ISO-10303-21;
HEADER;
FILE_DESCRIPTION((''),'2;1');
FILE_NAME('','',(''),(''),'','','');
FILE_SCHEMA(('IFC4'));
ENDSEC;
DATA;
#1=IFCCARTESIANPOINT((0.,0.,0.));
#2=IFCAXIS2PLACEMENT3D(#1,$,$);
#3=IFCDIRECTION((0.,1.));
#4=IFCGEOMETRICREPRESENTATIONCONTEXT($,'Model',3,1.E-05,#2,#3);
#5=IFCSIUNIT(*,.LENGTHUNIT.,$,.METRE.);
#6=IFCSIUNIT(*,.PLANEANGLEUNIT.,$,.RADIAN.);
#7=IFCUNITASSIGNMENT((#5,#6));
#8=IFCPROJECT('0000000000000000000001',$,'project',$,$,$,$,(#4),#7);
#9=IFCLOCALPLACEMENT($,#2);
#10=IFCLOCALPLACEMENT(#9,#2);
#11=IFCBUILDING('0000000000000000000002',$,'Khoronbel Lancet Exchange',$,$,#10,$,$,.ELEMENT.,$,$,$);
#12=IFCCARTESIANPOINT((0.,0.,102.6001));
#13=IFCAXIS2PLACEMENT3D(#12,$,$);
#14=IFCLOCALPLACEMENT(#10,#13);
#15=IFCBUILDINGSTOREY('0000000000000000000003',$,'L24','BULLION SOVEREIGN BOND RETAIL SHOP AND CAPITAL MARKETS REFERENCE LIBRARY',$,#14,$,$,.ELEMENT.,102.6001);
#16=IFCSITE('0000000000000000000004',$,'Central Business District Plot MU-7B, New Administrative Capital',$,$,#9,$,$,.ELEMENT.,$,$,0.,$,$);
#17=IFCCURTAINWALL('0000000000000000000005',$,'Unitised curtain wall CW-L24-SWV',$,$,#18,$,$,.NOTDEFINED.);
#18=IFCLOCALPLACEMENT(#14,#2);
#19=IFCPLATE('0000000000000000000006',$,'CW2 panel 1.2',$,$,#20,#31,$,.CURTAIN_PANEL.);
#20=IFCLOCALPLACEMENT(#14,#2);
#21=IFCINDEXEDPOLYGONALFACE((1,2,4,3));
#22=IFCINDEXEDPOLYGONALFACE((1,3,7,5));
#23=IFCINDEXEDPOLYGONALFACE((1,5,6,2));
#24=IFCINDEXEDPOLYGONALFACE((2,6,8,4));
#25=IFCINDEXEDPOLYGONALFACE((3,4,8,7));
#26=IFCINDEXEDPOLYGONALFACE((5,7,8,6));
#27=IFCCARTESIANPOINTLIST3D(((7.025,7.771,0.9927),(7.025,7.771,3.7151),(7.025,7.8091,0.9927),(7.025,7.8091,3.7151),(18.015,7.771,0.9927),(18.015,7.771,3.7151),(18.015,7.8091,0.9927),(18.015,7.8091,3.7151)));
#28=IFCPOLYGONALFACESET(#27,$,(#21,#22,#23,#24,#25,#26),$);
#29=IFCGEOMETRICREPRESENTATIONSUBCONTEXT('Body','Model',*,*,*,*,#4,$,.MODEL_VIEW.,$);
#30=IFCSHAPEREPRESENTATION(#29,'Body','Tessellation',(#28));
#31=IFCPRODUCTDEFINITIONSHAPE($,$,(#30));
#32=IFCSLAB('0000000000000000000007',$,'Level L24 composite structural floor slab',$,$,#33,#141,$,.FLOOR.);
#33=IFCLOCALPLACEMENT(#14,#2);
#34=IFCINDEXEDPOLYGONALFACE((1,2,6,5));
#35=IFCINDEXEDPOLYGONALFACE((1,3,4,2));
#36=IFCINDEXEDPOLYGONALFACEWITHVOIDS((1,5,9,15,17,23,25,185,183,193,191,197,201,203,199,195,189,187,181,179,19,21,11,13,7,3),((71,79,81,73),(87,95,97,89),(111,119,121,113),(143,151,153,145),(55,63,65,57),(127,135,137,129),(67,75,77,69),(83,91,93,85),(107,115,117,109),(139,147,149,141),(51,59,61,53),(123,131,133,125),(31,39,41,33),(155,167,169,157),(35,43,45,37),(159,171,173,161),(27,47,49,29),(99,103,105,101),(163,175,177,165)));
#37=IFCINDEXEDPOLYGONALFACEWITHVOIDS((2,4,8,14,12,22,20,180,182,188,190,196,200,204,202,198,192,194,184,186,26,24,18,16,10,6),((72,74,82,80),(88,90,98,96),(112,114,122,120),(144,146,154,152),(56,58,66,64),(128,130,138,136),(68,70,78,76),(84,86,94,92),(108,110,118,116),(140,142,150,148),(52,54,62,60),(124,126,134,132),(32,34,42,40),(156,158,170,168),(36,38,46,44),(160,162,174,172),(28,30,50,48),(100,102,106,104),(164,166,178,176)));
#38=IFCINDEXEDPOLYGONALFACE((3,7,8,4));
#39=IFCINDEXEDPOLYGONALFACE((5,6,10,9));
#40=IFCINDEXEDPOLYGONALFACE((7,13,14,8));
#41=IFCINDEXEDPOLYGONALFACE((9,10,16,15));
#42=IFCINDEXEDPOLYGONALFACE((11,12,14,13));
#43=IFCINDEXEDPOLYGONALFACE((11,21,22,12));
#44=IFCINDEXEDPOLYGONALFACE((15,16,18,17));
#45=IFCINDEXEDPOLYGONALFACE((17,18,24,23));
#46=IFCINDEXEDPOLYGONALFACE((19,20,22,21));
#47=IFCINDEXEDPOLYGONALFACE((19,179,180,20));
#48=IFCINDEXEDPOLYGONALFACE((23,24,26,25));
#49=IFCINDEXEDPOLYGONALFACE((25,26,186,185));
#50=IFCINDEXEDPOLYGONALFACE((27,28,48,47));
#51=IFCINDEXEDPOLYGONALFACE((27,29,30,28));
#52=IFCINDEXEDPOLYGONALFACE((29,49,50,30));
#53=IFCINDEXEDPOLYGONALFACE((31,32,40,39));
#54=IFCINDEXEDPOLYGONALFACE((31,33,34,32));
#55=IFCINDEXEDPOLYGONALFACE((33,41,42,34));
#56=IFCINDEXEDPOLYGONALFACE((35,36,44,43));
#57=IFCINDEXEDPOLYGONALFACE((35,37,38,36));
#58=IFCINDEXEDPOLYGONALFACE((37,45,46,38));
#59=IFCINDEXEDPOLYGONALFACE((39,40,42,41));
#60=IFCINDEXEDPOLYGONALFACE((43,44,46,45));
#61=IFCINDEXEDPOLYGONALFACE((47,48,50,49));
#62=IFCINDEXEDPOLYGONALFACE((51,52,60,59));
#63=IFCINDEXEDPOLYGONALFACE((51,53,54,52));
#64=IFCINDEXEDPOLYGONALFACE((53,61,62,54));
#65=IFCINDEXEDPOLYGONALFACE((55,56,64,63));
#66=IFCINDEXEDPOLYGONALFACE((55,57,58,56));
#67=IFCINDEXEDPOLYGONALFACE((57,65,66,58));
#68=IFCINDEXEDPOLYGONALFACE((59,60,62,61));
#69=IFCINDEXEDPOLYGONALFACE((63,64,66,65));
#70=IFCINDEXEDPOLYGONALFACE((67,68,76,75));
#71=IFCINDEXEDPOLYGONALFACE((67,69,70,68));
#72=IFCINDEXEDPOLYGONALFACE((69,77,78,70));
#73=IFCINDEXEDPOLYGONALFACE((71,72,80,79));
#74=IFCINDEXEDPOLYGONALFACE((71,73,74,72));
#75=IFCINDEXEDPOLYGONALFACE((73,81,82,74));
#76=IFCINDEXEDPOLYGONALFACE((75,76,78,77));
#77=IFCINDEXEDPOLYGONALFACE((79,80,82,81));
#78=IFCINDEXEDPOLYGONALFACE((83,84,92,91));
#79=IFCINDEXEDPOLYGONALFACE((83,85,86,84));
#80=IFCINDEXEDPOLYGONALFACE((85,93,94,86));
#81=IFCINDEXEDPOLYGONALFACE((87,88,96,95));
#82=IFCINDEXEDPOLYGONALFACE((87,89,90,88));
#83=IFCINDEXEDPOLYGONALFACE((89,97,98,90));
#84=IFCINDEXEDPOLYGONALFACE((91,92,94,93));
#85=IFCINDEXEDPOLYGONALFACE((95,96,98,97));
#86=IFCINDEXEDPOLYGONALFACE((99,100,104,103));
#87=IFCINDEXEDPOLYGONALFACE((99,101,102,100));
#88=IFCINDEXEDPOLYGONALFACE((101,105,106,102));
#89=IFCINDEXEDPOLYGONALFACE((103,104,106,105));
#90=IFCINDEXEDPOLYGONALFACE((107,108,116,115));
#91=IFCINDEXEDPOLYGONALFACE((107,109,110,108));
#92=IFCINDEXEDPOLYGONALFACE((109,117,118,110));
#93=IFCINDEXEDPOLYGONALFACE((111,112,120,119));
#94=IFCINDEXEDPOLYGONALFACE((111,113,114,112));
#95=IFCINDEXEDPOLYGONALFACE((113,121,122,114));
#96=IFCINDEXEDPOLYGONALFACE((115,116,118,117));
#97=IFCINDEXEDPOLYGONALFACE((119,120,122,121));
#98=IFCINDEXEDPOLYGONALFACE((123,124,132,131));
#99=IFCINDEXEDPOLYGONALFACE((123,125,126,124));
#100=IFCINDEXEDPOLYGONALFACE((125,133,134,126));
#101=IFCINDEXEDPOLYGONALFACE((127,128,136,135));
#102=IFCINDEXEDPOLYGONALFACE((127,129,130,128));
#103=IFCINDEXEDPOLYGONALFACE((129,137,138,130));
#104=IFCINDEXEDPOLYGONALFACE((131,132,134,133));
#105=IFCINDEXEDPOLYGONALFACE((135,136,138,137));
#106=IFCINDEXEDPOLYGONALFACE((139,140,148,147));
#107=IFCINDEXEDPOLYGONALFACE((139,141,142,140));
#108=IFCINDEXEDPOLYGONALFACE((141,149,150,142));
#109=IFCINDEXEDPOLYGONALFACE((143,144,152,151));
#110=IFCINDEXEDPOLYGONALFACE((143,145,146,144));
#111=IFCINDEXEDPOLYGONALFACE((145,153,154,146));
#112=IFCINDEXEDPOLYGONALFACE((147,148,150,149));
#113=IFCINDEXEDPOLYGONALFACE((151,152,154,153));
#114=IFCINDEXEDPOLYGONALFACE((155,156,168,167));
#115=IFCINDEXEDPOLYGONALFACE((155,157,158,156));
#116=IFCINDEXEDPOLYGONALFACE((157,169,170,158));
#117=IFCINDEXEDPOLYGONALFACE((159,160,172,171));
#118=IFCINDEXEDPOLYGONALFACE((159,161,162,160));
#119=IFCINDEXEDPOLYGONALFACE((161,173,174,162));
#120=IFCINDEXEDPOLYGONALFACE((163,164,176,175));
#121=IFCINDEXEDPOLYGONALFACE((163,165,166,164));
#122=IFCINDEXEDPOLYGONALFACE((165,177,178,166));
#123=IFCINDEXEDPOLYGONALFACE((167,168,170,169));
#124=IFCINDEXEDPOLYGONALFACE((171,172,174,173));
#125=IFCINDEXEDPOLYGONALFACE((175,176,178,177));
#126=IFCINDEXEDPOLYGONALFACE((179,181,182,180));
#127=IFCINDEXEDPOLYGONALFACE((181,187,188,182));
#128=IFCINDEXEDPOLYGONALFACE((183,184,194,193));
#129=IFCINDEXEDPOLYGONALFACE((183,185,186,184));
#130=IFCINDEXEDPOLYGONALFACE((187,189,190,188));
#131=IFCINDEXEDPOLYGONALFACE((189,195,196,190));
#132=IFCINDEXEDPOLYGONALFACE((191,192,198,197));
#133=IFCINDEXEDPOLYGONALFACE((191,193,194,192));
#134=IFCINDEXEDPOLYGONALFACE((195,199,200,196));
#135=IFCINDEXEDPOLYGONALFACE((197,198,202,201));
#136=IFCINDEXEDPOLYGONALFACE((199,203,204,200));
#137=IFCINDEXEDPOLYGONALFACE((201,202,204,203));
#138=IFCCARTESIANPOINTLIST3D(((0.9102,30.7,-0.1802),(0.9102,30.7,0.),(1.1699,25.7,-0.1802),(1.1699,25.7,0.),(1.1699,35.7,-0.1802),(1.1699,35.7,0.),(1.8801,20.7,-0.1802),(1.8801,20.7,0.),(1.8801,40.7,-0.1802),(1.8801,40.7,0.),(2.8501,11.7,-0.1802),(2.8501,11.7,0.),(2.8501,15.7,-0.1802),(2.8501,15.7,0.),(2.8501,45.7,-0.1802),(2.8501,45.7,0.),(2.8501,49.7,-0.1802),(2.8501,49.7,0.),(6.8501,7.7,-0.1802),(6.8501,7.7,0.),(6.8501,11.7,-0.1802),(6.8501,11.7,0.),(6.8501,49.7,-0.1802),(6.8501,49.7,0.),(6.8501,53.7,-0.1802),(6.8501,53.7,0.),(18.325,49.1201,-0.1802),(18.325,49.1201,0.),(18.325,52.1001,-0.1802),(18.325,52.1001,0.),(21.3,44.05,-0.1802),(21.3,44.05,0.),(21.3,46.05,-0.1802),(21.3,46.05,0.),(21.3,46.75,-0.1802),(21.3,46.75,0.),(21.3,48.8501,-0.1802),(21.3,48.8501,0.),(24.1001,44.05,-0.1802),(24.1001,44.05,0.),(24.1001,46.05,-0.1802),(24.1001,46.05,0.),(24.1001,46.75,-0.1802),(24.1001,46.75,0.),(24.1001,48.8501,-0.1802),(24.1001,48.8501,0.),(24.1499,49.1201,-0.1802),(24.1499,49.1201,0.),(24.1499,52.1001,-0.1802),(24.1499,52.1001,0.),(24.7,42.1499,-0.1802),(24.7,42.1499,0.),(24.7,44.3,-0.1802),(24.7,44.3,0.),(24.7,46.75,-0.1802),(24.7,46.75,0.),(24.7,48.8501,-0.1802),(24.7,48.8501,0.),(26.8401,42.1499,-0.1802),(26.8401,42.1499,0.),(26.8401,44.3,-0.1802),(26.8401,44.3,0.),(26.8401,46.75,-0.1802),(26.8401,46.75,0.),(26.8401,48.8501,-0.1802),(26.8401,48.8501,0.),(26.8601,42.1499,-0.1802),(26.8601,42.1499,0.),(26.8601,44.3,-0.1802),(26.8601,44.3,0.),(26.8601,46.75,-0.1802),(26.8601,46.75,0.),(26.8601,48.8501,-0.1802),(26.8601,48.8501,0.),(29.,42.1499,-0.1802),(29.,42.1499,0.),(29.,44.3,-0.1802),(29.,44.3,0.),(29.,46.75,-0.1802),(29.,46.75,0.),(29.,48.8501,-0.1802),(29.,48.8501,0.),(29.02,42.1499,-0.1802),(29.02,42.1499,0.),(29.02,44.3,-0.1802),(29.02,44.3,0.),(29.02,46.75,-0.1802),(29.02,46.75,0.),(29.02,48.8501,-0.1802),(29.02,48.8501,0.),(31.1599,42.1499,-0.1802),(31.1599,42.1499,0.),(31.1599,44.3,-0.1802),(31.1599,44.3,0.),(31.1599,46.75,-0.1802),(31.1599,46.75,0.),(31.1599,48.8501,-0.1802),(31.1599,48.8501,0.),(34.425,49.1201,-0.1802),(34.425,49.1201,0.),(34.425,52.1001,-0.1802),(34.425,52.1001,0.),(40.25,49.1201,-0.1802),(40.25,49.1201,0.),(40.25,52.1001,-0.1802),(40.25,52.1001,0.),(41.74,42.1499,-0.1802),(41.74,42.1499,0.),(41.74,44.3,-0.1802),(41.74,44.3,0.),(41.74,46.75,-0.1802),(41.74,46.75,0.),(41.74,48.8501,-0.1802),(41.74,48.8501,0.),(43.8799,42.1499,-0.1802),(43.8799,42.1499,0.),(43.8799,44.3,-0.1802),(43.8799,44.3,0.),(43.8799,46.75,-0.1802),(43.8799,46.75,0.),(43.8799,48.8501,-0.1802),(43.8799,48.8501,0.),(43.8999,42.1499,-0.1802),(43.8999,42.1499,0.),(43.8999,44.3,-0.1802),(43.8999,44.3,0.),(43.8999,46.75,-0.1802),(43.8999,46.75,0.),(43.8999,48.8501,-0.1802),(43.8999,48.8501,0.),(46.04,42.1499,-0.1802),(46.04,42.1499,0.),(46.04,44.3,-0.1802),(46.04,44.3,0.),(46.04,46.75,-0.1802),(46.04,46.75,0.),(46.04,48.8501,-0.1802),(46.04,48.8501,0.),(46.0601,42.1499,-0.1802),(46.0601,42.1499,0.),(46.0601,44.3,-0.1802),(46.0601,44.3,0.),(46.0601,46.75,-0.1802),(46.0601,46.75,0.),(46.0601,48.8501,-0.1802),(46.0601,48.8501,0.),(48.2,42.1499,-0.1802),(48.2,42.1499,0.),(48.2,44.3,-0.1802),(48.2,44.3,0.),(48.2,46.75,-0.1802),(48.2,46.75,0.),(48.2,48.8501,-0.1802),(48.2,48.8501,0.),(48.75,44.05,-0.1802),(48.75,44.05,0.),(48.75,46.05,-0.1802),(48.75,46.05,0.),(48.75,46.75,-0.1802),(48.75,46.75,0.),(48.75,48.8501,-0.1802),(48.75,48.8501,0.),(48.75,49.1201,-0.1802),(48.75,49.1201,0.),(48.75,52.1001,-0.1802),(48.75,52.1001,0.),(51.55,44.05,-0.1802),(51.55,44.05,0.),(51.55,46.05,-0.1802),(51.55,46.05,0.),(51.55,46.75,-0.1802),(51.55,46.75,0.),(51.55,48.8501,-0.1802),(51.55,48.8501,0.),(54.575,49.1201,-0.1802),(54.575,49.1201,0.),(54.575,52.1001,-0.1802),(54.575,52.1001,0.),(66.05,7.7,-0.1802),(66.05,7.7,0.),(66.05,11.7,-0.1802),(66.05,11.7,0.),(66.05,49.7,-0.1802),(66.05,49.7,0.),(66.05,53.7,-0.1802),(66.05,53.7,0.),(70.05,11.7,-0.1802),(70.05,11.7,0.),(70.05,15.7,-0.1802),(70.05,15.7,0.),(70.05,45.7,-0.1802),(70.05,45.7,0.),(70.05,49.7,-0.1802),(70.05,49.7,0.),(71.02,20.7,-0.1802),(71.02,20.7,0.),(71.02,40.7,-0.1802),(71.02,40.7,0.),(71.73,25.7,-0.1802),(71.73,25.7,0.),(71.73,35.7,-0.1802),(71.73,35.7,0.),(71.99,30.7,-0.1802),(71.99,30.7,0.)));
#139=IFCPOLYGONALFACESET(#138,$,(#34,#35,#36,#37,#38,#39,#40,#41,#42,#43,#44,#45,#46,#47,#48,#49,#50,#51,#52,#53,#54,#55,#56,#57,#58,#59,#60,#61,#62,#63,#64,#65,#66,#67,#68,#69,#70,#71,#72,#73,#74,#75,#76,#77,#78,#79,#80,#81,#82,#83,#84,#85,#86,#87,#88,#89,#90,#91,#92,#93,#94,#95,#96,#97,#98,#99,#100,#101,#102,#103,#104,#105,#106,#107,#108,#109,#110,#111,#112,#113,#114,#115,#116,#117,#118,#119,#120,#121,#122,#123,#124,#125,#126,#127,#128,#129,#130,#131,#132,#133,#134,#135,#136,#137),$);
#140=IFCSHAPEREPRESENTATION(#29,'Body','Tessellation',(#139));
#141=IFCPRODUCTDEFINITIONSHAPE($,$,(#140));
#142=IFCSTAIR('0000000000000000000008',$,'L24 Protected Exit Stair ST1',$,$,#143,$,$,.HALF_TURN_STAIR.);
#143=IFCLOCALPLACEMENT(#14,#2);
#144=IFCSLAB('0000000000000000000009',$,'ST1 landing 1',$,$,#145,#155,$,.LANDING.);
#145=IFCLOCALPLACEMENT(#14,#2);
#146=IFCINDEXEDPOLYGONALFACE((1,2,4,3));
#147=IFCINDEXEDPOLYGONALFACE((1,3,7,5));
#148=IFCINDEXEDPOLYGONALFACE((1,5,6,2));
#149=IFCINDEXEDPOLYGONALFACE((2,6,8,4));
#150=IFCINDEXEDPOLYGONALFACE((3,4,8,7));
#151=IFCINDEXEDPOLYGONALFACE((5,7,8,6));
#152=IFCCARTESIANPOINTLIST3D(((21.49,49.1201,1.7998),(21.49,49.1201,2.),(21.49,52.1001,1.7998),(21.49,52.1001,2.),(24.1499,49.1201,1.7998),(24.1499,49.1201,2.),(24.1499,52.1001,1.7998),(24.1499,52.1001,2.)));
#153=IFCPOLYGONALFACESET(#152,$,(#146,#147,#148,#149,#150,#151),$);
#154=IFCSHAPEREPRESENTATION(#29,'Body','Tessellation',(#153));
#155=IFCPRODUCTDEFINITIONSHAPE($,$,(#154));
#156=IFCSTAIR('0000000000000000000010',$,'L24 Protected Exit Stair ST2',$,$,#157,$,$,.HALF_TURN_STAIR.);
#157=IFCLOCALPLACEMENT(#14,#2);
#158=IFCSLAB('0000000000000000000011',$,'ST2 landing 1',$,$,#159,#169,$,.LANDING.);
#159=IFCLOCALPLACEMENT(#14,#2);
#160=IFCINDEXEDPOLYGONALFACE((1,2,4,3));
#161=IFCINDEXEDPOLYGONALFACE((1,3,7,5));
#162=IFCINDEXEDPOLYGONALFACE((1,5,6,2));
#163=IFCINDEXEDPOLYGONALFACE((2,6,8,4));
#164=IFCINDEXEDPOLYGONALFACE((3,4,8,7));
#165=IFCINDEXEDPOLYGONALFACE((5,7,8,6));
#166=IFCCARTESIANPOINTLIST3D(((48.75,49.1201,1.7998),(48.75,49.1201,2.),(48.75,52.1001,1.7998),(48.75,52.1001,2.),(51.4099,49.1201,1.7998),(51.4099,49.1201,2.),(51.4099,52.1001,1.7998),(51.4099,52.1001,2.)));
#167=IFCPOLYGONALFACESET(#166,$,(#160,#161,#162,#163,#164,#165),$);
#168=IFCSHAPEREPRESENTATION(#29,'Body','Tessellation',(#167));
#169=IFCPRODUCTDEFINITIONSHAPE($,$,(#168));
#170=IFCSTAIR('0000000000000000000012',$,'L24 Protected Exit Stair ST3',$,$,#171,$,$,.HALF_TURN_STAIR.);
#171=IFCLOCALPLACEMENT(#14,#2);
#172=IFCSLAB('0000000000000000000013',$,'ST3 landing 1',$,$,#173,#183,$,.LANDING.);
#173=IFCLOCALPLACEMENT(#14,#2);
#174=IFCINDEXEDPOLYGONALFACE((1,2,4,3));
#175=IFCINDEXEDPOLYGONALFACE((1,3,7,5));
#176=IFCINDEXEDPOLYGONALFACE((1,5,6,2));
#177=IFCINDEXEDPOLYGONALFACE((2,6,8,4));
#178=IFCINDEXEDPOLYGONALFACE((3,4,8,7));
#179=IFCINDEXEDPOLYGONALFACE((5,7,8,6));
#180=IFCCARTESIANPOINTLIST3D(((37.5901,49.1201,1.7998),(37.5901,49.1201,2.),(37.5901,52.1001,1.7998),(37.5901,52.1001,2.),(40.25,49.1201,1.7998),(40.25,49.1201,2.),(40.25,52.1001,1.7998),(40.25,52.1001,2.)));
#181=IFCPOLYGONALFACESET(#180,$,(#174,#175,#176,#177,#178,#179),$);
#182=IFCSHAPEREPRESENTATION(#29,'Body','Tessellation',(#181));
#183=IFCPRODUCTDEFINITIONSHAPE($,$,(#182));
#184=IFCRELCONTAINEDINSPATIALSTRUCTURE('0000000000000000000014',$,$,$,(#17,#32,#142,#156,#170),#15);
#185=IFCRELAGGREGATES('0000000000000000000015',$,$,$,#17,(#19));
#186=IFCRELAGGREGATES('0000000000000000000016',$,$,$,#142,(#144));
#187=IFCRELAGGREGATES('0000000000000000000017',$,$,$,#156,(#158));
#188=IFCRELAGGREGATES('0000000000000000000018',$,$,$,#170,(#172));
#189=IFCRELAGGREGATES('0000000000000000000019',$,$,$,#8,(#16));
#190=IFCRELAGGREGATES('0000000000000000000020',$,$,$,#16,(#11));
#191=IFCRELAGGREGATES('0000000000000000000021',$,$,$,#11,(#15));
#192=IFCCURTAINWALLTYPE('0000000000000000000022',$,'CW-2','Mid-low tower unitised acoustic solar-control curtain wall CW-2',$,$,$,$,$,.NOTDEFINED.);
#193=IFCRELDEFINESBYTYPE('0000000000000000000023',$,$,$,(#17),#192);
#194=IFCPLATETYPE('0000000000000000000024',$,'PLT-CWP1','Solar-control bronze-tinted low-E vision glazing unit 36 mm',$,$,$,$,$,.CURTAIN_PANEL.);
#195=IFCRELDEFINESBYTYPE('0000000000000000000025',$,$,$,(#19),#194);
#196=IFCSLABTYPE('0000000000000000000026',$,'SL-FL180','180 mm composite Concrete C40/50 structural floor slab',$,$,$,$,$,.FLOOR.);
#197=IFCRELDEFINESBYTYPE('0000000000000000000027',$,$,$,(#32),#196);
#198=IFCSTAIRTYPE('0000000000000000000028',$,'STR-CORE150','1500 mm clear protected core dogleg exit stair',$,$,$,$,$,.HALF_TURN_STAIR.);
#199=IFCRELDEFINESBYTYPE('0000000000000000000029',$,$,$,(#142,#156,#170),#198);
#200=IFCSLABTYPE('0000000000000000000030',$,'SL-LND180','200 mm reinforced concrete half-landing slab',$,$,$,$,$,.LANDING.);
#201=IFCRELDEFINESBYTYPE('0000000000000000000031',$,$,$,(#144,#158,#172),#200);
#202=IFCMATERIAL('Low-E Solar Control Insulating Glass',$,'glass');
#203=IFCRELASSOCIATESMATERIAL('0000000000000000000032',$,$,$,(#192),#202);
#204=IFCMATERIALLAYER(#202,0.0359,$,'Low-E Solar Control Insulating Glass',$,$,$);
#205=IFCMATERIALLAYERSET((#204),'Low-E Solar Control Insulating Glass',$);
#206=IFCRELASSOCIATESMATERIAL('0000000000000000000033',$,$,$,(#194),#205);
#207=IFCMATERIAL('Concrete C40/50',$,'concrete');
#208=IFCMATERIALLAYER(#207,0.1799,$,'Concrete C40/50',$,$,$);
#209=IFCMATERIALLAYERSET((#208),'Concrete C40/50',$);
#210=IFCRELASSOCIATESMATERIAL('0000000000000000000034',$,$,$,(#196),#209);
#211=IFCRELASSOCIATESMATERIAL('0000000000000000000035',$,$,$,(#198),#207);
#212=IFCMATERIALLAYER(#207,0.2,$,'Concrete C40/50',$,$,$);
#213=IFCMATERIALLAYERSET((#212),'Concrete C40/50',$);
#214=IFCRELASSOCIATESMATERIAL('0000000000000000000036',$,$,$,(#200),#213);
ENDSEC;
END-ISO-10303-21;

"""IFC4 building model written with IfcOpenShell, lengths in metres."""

from ifc_helpers import new_model, si_unit, direction, frame, origin, origin_2d, place, context, subcontext, project, spatial, polyline, rectangle, outline, extrude, material, layer, layer_set, type_object, element, aggregate, save


model = new_model("IFC4")

# Units and contexts
model_context = context("Model", 3, precision=1e-05, world=origin(), true_north=direction((0.0, 1.0)))
body_context = subcontext(model_context, "Body", "Model", "MODEL_VIEW")
ifc_project = project(units=[si_unit("LENGTHUNIT", "METRE"), si_unit("PLANEANGLEUNIT", "RADIAN")], contexts=[model_context])

# Site, building, storey
site_placement = place(None, origin())
site = spatial("IfcSite", under=ifc_project, at=site_placement, Name="Central Business District Plot MU-7B, New Administrative Capital", CompositionType="ELEMENT", RefElevation=0.0)
building_placement = place(site_placement, origin())
building = spatial("IfcBuilding", under=site, at=building_placement, Name="Khoronbel Lancet Exchange", CompositionType="ELEMENT")
storey_placement = place(building_placement, frame((0.0, 0.0, 102.6001)))
storey = spatial("IfcBuildingStorey", under=building, at=storey_placement, Name="L24", Description="BULLION SOVEREIGN BOND RETAIL SHOP AND CAPITAL MARKETS REFERENCE LIBRARY", CompositionType="ELEMENT", Elevation=102.6001)

# Curtain wall
ifc_material_1 = material(Name="Low-E Solar Control Insulating Glass", Category="glass")
curtain_wall_type = type_object("IfcCurtainWallType", Name="CW-2", Description="Mid-low tower unitised acoustic solar-control curtain wall CW-2", PredefinedType="NOTDEFINED", material=ifc_material_1)
curtain_wall_1_placement = place(storey_placement, origin())
curtain_wall_1 = element("IfcCurtainWall", 1, at=curtain_wall_1_placement, inside=storey, type_object=curtain_wall_type, Name="Unitised curtain wall CW-L24-SWV", PredefinedType="NOTDEFINED")

# Plate
ifc_layer_1 = layer(ifc_material_1, 0.0359, Name="Low-E Solar Control Insulating Glass")
ifc_layer_set_1 = layer_set([ifc_layer_1], Name="Low-E Solar Control Insulating Glass")
plate_type = type_object("IfcPlateType", Name="PLT-CWP1", Description="Solar-control bronze-tinted low-E vision glazing unit 36 mm", PredefinedType="CURTAIN_PANEL", material=ifc_layer_set_1)
plate_1_placement = place(storey_placement, frame((12.52, 7.79, 0.9927), z_axis=(0.0, 0.0, 1.0), x_axis=(1.0, 0.0, 0.0)))
plate_1 = element("IfcPlate", 2, at=plate_1_placement, type_object=plate_type, Name="CW2 panel 1.2", PredefinedType="CURTAIN_PANEL", context=body_context, shape_type="SweptSolid", body=[
    extrude(rectangle(XDim=10.99, YDim=0.0381, at=origin_2d()), origin(), (0.0, 0.0, 1.0), 2.7224),
])
aggregate(curtain_wall_1, [plate_1])

# Slab
ifc_material_2 = material(Name="Concrete C40/50", Category="concrete")
ifc_layer_2 = layer(ifc_material_2, 0.1799, Name="Concrete C40/50")
ifc_layer_set_2 = layer_set([ifc_layer_2], Name="Concrete C40/50")
slab_type_1 = type_object("IfcSlabType", Name="SL-FL180", Description="180 mm composite Concrete C40/50 structural floor slab", PredefinedType="FLOOR", material=ifc_layer_set_2)
slab_1_placement = place(storey_placement, frame((0.0, 0.0, -0.1802)))
element("IfcSlab", 3, at=slab_1_placement, inside=storey, type_object=slab_type_1, Name="Level L24 composite structural floor slab", PredefinedType="FLOOR", context=body_context, shape_type="SweptSolid", body=[
    extrude(outline(polyline([(6.8501, 7.7), (66.05, 7.7), (66.05, 11.7), (70.05, 11.7), (70.05, 15.7), (71.02, 20.7), (71.73, 25.7), (71.99, 30.7), (71.73, 35.7), (71.02, 40.7), (70.05, 45.7), (70.05, 49.7), (66.05, 49.7), (66.05, 53.7), (6.8501, 53.7), (6.8501, 49.7), (2.8501, 49.7), (2.8501, 45.7), (1.8801, 40.7), (1.1699, 35.7), (0.9102, 30.7), (1.1699, 25.7), (1.8801, 20.7), (2.8501, 15.7), (2.8501, 11.7), (6.8501, 11.7), (6.8501, 7.7)]), holes=[polyline([(18.325, 49.1201), (24.1499, 49.1201), (24.1499, 52.1001), (18.325, 52.1001), (18.325, 49.1201)]), polyline([(48.75, 49.1201), (54.575, 49.1201), (54.575, 52.1001), (48.75, 52.1001), (48.75, 49.1201)]), polyline([(34.425, 49.1201), (40.25, 49.1201), (40.25, 52.1001), (34.425, 52.1001), (34.425, 49.1201)]), polyline([(24.7, 46.75), (26.8401, 46.75), (26.8401, 48.8501), (24.7, 48.8501), (24.7, 46.75)]), polyline([(26.8601, 46.75), (29.0, 46.75), (29.0, 48.8501), (26.8601, 48.8501), (26.8601, 46.75)]), polyline([(29.02, 46.75), (31.1599, 46.75), (31.1599, 48.8501), (29.02, 48.8501), (29.02, 46.75)]), polyline([(24.7, 42.1499), (26.8401, 42.1499), (26.8401, 44.3), (24.7, 44.3), (24.7, 42.1499)]), polyline([(26.8601, 42.1499), (29.0, 42.1499), (29.0, 44.3), (26.8601, 44.3), (26.8601, 42.1499)]), polyline([(29.02, 42.1499), (31.1599, 42.1499), (31.1599, 44.3), (29.02, 44.3), (29.02, 42.1499)]), polyline([(41.74, 46.75), (43.8799, 46.75), (43.8799, 48.8501), (41.74, 48.8501), (41.74, 46.75)]), polyline([(43.8999, 46.75), (46.04, 46.75), (46.04, 48.8501), (43.8999, 48.8501), (43.8999, 46.75)]), polyline([(46.0601, 46.75), (48.2, 46.75), (48.2, 48.8501), (46.0601, 48.8501), (46.0601, 46.75)]), polyline([(41.74, 42.1499), (43.8799, 42.1499), (43.8799, 44.3), (41.74, 44.3), (41.74, 42.1499)]), polyline([(43.8999, 42.1499), (46.04, 42.1499), (46.04, 44.3), (43.8999, 44.3), (43.8999, 42.1499)]), polyline([(46.0601, 42.1499), (48.2, 42.1499), (48.2, 44.3), (46.0601, 44.3), (46.0601, 42.1499)]), polyline([(21.3, 46.75), (24.1001, 46.75), (24.1001, 48.8501), (21.3, 48.8501), (21.3, 46.75)]), polyline([(48.75, 46.75), (51.55, 46.75), (51.55, 48.8501), (48.75, 48.8501), (48.75, 46.75)]), polyline([(21.3, 44.05), (24.1001, 44.05), (24.1001, 46.05), (21.3, 46.05), (21.3, 44.05)]), polyline([(48.75, 44.05), (51.55, 44.05), (51.55, 46.05), (48.75, 46.05), (48.75, 44.05)])]), origin(), (0.0, 0.0, 1.0), 0.1802),
])

# Stairs, slabs
stair_type = type_object("IfcStairType", Name="STR-CORE150", Description="1500 mm clear protected core dogleg exit stair", PredefinedType="HALF_TURN_STAIR", material=ifc_material_2)
stair_1_placement = place(storey_placement, origin())
stair_1 = element("IfcStair", 4, at=stair_1_placement, inside=storey, type_object=stair_type, Name="L24 Protected Exit Stair ST1", PredefinedType="HALF_TURN_STAIR")
ifc_layer_3 = layer(ifc_material_2, 0.2, Name="Concrete C40/50")
ifc_layer_set_3 = layer_set([ifc_layer_3], Name="Concrete C40/50")
slab_type_2 = type_object("IfcSlabType", Name="SL-LND180", Description="200 mm reinforced concrete half-landing slab", PredefinedType="LANDING", material=ifc_layer_set_3)
slab_2_placement = place(storey_placement, frame((0.0, 0.0, 1.7998)))
slab_2 = element("IfcSlab", 5, at=slab_2_placement, type_object=slab_type_2, Name="ST1 landing 1", PredefinedType="LANDING", context=body_context, shape_type="SweptSolid", body=[
    extrude(outline(polyline([(21.49, 49.1201), (24.1499, 49.1201), (24.1499, 52.1001), (21.49, 52.1001), (21.49, 49.1201)])), origin(), (0.0, 0.0, 1.0), 0.2002),
])
aggregate(stair_1, [slab_2])
stair_2_placement = place(storey_placement, origin())
stair_2 = element("IfcStair", 6, at=stair_2_placement, inside=storey, type_object=stair_type, Name="L24 Protected Exit Stair ST2", PredefinedType="HALF_TURN_STAIR")
slab_3_placement = place(storey_placement, frame((0.0, 0.0, 1.7998)))
slab_3 = element("IfcSlab", 7, at=slab_3_placement, type_object=slab_type_2, Name="ST2 landing 1", PredefinedType="LANDING", context=body_context, shape_type="SweptSolid", body=[
    extrude(outline(polyline([(51.4099, 52.1001), (48.75, 52.1001), (48.75, 49.1201), (51.4099, 49.1201), (51.4099, 52.1001)])), origin(), (0.0, 0.0, 1.0), 0.2002),
])
aggregate(stair_2, [slab_3])
stair_3_placement = place(storey_placement, origin())
stair_3 = element("IfcStair", 8, at=stair_3_placement, inside=storey, type_object=stair_type, Name="L24 Protected Exit Stair ST3", PredefinedType="HALF_TURN_STAIR")
slab_4_placement = place(storey_placement, frame((0.0, 0.0, 1.7998)))
slab_4 = element("IfcSlab", 9, at=slab_4_placement, type_object=slab_type_2, Name="ST3 landing 1", PredefinedType="LANDING", context=body_context, shape_type="SweptSolid", body=[
    extrude(outline(polyline([(37.5901, 49.1201), (40.25, 49.1201), (40.25, 52.1001), (37.5901, 52.1001), (37.5901, 49.1201)])), origin(), (0.0, 0.0, 1.0), 0.2002),
])
aggregate(stair_3, [slab_4])

save(model, "model.ifc")
